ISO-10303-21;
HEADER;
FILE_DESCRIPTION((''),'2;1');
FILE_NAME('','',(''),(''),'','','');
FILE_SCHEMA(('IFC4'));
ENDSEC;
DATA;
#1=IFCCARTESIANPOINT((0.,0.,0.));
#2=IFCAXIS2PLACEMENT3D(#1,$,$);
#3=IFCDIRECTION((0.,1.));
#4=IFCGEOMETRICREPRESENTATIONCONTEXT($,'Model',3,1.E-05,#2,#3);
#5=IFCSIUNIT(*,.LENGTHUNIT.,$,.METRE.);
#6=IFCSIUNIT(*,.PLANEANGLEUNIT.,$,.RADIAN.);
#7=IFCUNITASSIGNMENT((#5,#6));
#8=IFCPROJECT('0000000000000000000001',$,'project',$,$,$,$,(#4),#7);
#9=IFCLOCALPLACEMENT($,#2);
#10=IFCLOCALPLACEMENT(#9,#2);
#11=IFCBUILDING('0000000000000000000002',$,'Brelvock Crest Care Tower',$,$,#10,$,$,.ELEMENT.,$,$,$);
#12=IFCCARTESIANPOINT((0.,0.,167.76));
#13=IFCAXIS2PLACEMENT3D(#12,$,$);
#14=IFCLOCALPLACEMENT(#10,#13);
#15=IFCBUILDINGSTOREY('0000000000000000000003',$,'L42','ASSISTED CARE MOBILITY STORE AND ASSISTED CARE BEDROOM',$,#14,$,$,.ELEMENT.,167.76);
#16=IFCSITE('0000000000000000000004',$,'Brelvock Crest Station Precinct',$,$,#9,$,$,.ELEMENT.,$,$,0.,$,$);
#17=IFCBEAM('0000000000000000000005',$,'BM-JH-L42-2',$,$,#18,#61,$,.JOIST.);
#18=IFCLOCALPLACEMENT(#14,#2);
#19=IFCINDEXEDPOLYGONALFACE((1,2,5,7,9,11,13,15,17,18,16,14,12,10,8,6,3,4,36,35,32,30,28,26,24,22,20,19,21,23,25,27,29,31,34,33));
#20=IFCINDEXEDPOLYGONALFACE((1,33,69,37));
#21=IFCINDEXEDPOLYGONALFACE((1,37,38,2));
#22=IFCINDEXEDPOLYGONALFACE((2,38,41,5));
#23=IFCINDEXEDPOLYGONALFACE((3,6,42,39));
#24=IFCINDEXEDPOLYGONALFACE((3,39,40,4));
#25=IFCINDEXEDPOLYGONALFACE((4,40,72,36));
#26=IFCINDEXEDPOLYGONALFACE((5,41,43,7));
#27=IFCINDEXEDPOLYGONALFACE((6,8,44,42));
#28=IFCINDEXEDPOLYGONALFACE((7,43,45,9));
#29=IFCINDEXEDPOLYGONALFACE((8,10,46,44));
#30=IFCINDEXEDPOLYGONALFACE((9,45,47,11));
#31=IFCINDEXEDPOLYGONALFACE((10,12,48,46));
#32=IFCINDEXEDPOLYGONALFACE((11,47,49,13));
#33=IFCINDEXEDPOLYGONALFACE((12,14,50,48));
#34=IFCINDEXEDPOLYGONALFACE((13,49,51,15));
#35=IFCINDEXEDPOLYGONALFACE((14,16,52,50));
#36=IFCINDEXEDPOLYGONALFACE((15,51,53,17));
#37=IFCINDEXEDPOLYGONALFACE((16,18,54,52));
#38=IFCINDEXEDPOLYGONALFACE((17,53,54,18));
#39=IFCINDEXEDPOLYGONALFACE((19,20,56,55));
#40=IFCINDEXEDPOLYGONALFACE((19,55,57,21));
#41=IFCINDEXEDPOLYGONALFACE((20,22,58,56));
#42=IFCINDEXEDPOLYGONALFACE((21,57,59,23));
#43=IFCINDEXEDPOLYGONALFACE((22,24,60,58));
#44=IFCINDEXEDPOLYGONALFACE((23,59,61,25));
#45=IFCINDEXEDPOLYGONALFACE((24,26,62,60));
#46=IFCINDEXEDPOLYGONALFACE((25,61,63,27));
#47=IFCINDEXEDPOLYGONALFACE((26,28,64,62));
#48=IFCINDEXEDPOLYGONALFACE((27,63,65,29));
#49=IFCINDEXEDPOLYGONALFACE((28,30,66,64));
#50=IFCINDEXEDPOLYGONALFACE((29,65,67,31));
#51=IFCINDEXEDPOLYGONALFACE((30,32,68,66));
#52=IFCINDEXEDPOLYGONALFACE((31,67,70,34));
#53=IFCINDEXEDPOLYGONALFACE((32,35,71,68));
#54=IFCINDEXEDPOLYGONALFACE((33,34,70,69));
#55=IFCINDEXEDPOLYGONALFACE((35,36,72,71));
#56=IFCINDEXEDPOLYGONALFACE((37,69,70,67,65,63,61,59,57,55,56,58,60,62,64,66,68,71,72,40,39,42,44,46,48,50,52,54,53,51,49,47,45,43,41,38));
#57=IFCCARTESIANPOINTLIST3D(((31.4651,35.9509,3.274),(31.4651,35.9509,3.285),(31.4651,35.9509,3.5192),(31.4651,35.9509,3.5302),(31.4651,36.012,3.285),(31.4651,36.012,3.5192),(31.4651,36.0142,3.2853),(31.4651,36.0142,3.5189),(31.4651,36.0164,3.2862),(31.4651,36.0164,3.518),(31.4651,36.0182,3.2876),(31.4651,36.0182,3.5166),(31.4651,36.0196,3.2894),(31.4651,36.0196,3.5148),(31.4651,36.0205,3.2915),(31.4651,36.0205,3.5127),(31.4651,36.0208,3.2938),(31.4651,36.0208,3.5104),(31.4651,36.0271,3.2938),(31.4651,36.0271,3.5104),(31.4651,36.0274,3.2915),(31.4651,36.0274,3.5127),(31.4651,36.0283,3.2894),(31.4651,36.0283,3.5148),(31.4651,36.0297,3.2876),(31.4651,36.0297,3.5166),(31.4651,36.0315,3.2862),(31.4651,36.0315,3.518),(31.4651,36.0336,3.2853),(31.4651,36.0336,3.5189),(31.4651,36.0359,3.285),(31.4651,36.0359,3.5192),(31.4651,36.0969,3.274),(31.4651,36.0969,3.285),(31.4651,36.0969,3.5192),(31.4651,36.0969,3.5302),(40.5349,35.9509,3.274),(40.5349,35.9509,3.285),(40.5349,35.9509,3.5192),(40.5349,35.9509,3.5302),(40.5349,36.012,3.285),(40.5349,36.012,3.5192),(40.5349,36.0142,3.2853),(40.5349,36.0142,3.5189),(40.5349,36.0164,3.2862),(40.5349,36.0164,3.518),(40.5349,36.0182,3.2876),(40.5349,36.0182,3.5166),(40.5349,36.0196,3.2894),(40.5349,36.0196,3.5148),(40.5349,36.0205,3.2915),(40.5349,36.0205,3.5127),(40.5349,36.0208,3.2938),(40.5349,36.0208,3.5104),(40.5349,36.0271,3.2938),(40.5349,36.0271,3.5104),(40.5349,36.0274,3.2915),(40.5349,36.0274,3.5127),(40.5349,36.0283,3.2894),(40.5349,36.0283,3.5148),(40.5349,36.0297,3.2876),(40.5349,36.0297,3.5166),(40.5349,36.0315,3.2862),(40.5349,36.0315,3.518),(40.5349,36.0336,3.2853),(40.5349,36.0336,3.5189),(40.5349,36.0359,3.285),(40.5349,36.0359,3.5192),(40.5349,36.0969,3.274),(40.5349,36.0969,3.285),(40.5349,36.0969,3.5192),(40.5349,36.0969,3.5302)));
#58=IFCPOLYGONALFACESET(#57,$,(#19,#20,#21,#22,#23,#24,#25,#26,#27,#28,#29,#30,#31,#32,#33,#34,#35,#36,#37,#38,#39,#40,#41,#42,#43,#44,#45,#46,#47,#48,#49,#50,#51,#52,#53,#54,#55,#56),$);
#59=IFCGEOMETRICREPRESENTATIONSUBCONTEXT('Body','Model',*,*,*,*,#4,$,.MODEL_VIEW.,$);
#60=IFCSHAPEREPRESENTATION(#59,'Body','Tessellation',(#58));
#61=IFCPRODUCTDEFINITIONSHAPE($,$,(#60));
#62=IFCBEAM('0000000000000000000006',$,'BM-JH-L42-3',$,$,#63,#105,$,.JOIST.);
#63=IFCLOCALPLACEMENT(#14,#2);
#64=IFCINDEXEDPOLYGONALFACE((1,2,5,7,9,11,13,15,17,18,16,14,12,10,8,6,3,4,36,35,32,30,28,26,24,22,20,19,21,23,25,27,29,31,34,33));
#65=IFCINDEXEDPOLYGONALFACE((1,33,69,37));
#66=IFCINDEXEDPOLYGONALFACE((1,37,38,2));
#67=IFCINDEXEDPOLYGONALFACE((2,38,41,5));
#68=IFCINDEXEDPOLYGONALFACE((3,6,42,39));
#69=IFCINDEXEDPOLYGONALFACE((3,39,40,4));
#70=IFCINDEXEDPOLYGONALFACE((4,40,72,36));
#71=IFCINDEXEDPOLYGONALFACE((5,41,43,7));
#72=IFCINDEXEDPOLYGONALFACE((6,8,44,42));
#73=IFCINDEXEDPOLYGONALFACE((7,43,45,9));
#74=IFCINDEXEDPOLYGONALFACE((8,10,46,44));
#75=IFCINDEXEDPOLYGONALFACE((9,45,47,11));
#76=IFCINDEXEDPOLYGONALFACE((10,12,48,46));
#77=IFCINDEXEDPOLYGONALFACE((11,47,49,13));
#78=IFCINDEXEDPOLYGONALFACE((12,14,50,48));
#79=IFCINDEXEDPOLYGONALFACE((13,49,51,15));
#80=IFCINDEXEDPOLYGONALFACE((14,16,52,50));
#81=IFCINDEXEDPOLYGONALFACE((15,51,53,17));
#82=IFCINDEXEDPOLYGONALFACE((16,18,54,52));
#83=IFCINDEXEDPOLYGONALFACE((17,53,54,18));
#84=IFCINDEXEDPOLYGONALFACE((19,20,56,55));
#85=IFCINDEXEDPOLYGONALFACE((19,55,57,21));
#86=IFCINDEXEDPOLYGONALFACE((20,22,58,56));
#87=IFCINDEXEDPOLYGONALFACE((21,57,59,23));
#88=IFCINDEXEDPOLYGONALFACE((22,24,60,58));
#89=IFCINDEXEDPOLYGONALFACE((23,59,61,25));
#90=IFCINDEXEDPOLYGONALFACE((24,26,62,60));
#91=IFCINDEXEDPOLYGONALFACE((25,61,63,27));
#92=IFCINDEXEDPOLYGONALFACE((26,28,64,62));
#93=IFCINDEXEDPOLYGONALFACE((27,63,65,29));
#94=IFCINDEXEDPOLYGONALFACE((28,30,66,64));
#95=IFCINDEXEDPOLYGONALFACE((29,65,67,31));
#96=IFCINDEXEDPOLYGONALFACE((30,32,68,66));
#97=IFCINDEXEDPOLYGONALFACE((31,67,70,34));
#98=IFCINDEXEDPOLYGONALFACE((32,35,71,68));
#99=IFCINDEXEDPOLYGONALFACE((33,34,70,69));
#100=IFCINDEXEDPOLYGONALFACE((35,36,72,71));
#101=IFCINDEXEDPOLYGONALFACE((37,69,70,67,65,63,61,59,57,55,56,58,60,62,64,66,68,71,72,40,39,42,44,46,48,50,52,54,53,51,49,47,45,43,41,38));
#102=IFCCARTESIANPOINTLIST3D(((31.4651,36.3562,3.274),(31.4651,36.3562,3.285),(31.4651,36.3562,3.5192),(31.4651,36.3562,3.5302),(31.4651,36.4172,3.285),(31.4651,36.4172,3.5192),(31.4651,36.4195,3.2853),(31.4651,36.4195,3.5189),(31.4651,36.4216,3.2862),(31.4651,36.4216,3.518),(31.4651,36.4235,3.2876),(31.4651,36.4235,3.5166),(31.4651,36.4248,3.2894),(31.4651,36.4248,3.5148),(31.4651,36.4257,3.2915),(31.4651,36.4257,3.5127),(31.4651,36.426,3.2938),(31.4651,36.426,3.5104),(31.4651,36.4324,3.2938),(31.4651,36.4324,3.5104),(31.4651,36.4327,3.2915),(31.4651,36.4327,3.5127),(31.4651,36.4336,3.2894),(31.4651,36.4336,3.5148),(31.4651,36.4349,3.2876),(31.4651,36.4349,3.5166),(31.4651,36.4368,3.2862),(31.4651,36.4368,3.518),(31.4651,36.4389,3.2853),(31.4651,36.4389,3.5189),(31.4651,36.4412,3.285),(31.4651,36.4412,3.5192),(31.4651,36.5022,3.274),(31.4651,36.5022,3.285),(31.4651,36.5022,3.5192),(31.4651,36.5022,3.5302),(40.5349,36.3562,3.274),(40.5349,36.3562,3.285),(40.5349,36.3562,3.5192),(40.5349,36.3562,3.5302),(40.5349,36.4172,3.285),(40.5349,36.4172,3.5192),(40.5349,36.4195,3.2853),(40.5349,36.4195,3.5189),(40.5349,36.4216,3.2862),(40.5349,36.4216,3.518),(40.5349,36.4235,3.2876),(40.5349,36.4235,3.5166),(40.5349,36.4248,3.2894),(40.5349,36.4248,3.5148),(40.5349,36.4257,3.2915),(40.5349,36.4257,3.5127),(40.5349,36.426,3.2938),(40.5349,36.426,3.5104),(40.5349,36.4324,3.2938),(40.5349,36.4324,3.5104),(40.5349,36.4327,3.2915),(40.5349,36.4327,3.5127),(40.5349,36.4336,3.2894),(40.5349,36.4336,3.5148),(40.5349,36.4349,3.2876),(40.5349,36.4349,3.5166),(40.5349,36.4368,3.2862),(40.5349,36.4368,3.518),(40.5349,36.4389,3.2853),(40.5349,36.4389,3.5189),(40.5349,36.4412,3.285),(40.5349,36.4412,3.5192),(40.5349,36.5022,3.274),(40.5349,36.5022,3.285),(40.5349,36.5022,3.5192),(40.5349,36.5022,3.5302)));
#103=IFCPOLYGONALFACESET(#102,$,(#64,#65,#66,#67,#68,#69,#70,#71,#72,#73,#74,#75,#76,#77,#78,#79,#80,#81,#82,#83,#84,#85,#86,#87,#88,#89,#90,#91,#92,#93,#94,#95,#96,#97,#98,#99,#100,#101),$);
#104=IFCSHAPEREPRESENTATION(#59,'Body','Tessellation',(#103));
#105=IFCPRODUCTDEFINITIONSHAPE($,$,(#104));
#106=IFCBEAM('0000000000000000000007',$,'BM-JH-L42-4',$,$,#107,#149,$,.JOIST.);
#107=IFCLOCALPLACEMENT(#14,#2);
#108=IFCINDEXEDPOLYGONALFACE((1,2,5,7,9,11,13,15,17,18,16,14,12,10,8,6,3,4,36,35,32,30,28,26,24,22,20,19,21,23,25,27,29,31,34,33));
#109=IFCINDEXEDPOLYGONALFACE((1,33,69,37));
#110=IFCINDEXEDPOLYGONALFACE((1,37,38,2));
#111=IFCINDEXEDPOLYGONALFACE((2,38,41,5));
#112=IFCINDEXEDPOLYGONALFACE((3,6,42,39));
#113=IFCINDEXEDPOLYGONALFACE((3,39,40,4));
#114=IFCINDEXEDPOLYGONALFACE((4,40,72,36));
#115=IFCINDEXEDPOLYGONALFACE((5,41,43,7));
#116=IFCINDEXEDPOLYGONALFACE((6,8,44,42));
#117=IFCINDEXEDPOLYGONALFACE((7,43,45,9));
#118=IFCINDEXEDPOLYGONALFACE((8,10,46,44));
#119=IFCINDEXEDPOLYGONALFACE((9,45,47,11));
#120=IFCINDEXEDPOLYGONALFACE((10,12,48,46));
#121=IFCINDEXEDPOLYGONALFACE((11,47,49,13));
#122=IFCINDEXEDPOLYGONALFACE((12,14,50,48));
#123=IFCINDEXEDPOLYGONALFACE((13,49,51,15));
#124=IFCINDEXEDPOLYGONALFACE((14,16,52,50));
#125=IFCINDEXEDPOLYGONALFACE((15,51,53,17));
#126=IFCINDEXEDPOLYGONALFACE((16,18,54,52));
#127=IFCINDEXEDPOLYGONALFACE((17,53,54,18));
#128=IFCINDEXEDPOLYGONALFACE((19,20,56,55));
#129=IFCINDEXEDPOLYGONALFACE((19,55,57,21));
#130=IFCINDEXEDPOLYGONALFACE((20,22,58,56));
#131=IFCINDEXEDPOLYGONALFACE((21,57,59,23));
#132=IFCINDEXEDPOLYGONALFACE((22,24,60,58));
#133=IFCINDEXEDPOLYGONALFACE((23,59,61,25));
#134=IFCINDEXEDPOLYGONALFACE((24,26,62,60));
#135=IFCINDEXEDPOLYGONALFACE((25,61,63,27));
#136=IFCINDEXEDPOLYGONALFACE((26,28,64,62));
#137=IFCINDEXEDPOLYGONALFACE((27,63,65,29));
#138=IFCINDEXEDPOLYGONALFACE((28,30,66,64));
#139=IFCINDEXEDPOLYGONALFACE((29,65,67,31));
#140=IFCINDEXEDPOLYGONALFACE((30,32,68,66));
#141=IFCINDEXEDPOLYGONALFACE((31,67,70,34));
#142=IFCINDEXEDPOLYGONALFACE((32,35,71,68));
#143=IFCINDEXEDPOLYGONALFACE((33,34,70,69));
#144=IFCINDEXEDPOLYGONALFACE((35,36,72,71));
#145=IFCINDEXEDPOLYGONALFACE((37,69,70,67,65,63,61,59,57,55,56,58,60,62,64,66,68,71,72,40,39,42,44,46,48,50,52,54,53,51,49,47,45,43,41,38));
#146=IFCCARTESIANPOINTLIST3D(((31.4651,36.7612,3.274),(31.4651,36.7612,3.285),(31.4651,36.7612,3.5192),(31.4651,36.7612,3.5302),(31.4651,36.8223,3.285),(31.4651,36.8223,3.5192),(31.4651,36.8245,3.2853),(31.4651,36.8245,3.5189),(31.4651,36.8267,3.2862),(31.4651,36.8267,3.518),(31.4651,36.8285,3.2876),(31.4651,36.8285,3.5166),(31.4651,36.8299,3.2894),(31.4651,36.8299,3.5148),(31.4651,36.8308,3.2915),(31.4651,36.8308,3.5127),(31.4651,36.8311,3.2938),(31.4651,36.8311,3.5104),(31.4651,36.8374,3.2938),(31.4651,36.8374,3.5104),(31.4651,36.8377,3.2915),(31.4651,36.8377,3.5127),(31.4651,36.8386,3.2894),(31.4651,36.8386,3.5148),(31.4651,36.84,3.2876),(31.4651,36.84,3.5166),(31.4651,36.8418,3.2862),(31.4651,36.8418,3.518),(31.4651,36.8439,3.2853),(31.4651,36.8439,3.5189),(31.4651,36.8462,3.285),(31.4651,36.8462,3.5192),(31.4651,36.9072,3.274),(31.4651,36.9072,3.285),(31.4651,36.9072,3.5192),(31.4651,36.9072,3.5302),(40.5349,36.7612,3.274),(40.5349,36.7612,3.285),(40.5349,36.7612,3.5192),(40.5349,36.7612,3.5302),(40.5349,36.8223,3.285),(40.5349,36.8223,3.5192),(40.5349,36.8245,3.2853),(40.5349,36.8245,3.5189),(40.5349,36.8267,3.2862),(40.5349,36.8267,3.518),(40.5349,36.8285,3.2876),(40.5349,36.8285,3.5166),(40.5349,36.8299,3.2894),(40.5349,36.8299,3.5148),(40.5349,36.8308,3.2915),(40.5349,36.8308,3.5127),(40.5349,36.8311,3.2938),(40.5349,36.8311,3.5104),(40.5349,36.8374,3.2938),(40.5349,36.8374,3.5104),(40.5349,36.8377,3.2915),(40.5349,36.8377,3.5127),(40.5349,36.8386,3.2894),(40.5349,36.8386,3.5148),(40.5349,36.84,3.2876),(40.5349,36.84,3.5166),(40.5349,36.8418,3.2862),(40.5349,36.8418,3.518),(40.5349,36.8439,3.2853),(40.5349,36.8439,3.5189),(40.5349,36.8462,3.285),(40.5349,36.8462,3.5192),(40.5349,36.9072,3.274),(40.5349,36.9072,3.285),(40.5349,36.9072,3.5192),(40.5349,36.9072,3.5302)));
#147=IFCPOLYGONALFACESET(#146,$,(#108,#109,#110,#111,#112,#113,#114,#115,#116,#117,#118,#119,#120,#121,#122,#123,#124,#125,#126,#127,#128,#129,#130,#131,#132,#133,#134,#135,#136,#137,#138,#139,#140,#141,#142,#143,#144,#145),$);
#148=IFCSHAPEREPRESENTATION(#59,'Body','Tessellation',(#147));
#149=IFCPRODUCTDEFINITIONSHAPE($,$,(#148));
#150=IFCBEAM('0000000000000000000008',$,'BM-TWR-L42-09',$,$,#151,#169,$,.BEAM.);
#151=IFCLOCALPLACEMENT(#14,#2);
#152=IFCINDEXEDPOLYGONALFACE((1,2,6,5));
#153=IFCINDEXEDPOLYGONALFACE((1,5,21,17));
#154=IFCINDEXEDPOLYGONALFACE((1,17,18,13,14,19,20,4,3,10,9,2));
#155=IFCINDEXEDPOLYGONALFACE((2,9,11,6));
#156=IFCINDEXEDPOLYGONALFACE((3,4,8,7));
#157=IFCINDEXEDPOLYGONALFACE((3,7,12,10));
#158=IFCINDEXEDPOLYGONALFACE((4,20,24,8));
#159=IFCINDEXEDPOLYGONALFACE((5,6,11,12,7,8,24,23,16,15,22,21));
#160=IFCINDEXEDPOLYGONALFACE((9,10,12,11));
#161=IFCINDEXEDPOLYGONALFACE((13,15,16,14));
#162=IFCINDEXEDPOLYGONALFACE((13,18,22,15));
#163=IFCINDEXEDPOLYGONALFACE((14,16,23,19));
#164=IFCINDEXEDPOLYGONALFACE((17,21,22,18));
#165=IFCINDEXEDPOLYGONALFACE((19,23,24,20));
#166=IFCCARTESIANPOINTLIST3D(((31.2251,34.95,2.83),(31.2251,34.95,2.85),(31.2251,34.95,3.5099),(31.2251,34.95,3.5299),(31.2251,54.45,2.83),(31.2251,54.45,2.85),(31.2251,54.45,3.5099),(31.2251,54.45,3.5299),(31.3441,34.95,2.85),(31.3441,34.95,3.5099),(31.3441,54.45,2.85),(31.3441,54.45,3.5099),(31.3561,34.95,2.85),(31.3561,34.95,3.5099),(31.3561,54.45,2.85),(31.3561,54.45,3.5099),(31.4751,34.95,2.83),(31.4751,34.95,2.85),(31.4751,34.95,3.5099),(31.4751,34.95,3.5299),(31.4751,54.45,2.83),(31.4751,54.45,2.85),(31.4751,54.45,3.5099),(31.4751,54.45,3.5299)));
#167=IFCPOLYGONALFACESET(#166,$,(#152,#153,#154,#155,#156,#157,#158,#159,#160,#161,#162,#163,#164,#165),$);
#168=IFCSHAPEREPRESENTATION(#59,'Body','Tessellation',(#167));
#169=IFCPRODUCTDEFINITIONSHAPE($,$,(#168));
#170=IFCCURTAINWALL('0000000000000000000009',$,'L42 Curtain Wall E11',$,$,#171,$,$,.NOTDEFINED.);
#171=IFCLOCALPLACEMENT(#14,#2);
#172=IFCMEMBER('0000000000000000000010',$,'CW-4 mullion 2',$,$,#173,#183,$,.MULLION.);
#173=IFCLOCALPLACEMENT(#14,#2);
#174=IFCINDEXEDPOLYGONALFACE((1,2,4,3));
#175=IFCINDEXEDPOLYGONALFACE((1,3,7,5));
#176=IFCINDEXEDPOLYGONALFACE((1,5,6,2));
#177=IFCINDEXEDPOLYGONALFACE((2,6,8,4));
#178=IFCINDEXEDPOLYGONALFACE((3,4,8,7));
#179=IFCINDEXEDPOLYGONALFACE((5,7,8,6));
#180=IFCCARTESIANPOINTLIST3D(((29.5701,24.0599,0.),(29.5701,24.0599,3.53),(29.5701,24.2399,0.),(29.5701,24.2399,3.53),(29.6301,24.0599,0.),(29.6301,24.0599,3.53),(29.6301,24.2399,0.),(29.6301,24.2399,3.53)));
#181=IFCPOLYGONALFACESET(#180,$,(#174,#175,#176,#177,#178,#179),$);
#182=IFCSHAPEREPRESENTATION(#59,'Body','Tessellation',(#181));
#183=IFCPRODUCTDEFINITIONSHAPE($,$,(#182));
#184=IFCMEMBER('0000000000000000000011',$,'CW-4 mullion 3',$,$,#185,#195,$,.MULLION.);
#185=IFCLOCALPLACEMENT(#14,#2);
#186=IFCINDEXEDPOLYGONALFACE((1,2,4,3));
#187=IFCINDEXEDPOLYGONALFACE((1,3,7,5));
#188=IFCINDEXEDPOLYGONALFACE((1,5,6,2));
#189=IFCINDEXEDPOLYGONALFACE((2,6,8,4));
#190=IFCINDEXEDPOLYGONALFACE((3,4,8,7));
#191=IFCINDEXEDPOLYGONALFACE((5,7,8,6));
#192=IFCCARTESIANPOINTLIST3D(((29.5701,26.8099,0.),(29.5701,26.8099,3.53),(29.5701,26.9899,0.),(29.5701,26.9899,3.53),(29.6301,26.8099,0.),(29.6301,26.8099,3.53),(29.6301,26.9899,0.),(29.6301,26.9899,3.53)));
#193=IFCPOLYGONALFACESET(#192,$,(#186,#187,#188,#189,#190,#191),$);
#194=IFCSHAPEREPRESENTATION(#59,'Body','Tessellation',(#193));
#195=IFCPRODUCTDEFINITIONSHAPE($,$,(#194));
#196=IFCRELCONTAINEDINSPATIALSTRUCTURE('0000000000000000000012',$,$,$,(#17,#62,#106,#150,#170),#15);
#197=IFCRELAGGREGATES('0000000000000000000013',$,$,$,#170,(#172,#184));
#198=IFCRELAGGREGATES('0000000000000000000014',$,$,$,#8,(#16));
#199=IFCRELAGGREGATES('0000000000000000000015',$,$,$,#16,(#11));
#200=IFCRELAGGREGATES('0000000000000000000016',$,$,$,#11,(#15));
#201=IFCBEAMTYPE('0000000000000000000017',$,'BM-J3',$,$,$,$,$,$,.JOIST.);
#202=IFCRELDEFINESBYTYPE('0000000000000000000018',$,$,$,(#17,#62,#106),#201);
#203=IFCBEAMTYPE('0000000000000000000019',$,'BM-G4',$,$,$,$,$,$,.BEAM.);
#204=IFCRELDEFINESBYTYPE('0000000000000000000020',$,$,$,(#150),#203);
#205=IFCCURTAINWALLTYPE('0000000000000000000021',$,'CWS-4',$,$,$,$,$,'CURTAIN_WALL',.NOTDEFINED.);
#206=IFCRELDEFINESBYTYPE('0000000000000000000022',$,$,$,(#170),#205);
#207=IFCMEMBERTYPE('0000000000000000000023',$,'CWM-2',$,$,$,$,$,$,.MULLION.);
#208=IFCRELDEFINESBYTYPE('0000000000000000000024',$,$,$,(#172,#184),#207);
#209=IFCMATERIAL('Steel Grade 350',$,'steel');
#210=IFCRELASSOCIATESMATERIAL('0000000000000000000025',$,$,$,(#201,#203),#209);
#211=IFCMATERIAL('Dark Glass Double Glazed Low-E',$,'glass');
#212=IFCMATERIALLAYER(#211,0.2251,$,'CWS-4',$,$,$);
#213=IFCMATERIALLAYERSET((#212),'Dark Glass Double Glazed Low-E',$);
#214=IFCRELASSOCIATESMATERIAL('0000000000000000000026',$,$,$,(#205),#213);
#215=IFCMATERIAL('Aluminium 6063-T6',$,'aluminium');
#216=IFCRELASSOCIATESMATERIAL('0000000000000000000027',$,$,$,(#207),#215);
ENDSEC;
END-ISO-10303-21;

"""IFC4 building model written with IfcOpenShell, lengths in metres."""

from ifc_helpers import new_model, si_unit, direction, frame, origin, origin_2d, place, context, subcontext, project, spatial, rectangle, i_section, extrude, source, transform, mapped, material, layer, layer_set, material_profile, profile_set, type_object, element, aggregate, save


model = new_model("IFC4")

# Units and contexts
model_context = context("Model", 3, precision=1e-05, world=origin(), true_north=direction((0.0, 1.0)))
body_context = subcontext(model_context, "Body", "Model", "MODEL_VIEW")
ifc_project = project(units=[si_unit("LENGTHUNIT", "METRE"), si_unit("PLANEANGLEUNIT", "RADIAN")], contexts=[model_context])

# Site, building, storey
site_placement = place(None, origin())
site = spatial("IfcSite", under=ifc_project, at=site_placement, Name="Brelvock Crest Station Precinct", CompositionType="ELEMENT", RefElevation=0.0)
building_placement = place(site_placement, origin())
building = spatial("IfcBuilding", under=site, at=building_placement, Name="Brelvock Crest Care Tower", CompositionType="ELEMENT")
storey_placement = place(building_placement, frame((0.0, 0.0, 167.76)))
storey = spatial("IfcBuildingStorey", under=building, at=storey_placement, Name="L42", Description="ASSISTED CARE MOBILITY STORE AND ASSISTED CARE BEDROOM", CompositionType="ELEMENT", Elevation=167.76)

# Shared definitions
ifc_material_1 = material(Name="Steel Grade 350", Category="steel")

# Beams
ifc_material_profile_1 = material_profile(ifc_material_1, i_section(OverallWidth=0.146, OverallDepth=0.2561, WebThickness=0.0063, FlangeThickness=0.011, FilletRadius=0.0088, at=origin_2d()), Name="250UB37.3")
ifc_profile_set_1 = profile_set([ifc_material_profile_1], Name="Steel Grade 350")
beam_type_1 = type_object("IfcBeamType", Name="BM-J3", PredefinedType="JOIST", material=ifc_profile_set_1)
shared_shape_1 = source(origin(), body_context, "Body", "SweptSolid", [
    extrude(i_section(OverallWidth=0.146, OverallDepth=0.2561, WebThickness=0.0063, FlangeThickness=0.011, FilletRadius=0.0088, at=origin_2d()), origin(), (0.0, 0.0, 1.0), 9.0698),
])
for number, where, z_axis, x_axis, name in (
    (1, (31.4651, 36.0239, 3.4021), (1.0, 0.0, 0.0), (0.0, 1.0, 0.0), "BM-JH-L42-2"),
    (2, (31.4651, 36.4292, 3.4021), (1.0, 0.0, 0.0), (0.0, 1.0, 0.0), "BM-JH-L42-3"),
    (3, (31.4651, 36.8342, 3.4021), (1.0, 0.0, 0.0), (0.0, 1.0, 0.0), "BM-JH-L42-4"),
):
    element("IfcBeam", number, at=place(storey_placement, frame(where, z_axis=z_axis, x_axis=x_axis)), inside=storey, type_object=beam_type_1, Name=name, PredefinedType="JOIST", context=body_context, shape_type="MappedRepresentation", body=[
        mapped(shared_shape_1, transform((0.0, 0.0, 0.0), x_axis=(1.0, 0.0, 0.0), y_axis=(0.0, 1.0, 0.0), z_axis=(0.0, 0.0, 1.0), scale=1.0)),
    ])
ifc_material_profile_2 = material_profile(ifc_material_1, i_section(OverallWidth=0.25, OverallDepth=0.7, WebThickness=0.012, FlangeThickness=0.02, at=origin_2d()), Name="700WB150")
ifc_profile_set_2 = profile_set([ifc_material_profile_2], Name="Steel Grade 350")
beam_type_2 = type_object("IfcBeamType", Name="BM-G4", PredefinedType="BEAM", material=ifc_profile_set_2)
shared_shape_2 = source(origin(), body_context, "Body", "SweptSolid", [
    extrude(i_section(OverallWidth=0.25, OverallDepth=0.7, WebThickness=0.012, FlangeThickness=0.02, at=origin_2d()), origin(), (0.0, 0.0, 1.0), 19.5),
])
beam_1_placement = place(storey_placement, frame((31.3501, 34.95, 3.1799), z_axis=(0.0, 1.0, 0.0), x_axis=(-1.0, 0.0, 0.0)))
element("IfcBeam", 4, at=beam_1_placement, inside=storey, type_object=beam_type_2, Name="BM-TWR-L42-09", PredefinedType="BEAM", context=body_context, shape_type="MappedRepresentation", body=[
    mapped(shared_shape_2, transform((0.0, 0.0, 0.0), x_axis=(1.0, 0.0, 0.0), y_axis=(0.0, 1.0, 0.0), z_axis=(0.0, 0.0, 1.0), scale=1.0)),
])

# Curtain wall, members
ifc_material_2 = material(Name="Dark Glass Double Glazed Low-E", Category="glass")
ifc_layer_1 = layer(ifc_material_2, 0.2251, Name="CWS-4")
ifc_layer_set_1 = layer_set([ifc_layer_1], Name="Dark Glass Double Glazed Low-E")
curtain_wall_type = type_object("IfcCurtainWallType", Name="CWS-4", ElementType="CURTAIN_WALL", PredefinedType="NOTDEFINED", material=ifc_layer_set_1)
curtain_wall_1_placement = place(storey_placement, origin())
curtain_wall_1 = element("IfcCurtainWall", 5, at=curtain_wall_1_placement, inside=storey, type_object=curtain_wall_type, Name="L42 Curtain Wall E11", PredefinedType="NOTDEFINED")
ifc_material_3 = material(Name="Aluminium 6063-T6", Category="aluminium")
ifc_material_profile_3 = material_profile(ifc_material_3, rectangle(XDim=0.0601, YDim=0.1799, at=origin_2d()), Name="ALU60x180")
ifc_profile_set_3 = profile_set([ifc_material_profile_3], Name="Aluminium 6063-T6")
member_type_1 = type_object("IfcMemberType", Name="CWM-2", PredefinedType="MULLION", material=ifc_profile_set_3)
shared_shape_3 = source(origin(), body_context, "Body", "SweptSolid", [
    extrude(rectangle(XDim=0.0601, YDim=0.1799, at=origin_2d()), origin(), (0.0, 0.0, 1.0), 3.53),
])
member_1_placement = place(storey_placement, frame((29.6001, 24.1499, 0.0), z_axis=(0.0, 0.0, 1.0), x_axis=(-1.0, 0.0, 0.0)))
member_1 = element("IfcMember", 6, at=member_1_placement, type_object=member_type_1, Name="CW-4 mullion 2", PredefinedType="MULLION", context=body_context, shape_type="MappedRepresentation", body=[
    mapped(shared_shape_3, transform((0.0, 0.0, 0.0), x_axis=(1.0, 0.0, 0.0), y_axis=(0.0, 1.0, 0.0), z_axis=(0.0, 0.0, 1.0), scale=1.0)),
])
member_2_placement = place(storey_placement, frame((29.6001, 26.8999, 0.0), z_axis=(0.0, 0.0, 1.0), x_axis=(-1.0, 0.0, 0.0)))
member_2 = element("IfcMember", 7, at=member_2_placement, type_object=member_type_1, Name="CW-4 mullion 3", PredefinedType="MULLION", context=body_context, shape_type="MappedRepresentation", body=[
    mapped(shared_shape_3, transform((0.0, 0.0, 0.0), x_axis=(1.0, 0.0, 0.0), y_axis=(0.0, 1.0, 0.0), z_axis=(0.0, 0.0, 1.0), scale=1.0)),
])

aggregate(curtain_wall_1, [member_1, member_2])

save(model, "model.ifc")
